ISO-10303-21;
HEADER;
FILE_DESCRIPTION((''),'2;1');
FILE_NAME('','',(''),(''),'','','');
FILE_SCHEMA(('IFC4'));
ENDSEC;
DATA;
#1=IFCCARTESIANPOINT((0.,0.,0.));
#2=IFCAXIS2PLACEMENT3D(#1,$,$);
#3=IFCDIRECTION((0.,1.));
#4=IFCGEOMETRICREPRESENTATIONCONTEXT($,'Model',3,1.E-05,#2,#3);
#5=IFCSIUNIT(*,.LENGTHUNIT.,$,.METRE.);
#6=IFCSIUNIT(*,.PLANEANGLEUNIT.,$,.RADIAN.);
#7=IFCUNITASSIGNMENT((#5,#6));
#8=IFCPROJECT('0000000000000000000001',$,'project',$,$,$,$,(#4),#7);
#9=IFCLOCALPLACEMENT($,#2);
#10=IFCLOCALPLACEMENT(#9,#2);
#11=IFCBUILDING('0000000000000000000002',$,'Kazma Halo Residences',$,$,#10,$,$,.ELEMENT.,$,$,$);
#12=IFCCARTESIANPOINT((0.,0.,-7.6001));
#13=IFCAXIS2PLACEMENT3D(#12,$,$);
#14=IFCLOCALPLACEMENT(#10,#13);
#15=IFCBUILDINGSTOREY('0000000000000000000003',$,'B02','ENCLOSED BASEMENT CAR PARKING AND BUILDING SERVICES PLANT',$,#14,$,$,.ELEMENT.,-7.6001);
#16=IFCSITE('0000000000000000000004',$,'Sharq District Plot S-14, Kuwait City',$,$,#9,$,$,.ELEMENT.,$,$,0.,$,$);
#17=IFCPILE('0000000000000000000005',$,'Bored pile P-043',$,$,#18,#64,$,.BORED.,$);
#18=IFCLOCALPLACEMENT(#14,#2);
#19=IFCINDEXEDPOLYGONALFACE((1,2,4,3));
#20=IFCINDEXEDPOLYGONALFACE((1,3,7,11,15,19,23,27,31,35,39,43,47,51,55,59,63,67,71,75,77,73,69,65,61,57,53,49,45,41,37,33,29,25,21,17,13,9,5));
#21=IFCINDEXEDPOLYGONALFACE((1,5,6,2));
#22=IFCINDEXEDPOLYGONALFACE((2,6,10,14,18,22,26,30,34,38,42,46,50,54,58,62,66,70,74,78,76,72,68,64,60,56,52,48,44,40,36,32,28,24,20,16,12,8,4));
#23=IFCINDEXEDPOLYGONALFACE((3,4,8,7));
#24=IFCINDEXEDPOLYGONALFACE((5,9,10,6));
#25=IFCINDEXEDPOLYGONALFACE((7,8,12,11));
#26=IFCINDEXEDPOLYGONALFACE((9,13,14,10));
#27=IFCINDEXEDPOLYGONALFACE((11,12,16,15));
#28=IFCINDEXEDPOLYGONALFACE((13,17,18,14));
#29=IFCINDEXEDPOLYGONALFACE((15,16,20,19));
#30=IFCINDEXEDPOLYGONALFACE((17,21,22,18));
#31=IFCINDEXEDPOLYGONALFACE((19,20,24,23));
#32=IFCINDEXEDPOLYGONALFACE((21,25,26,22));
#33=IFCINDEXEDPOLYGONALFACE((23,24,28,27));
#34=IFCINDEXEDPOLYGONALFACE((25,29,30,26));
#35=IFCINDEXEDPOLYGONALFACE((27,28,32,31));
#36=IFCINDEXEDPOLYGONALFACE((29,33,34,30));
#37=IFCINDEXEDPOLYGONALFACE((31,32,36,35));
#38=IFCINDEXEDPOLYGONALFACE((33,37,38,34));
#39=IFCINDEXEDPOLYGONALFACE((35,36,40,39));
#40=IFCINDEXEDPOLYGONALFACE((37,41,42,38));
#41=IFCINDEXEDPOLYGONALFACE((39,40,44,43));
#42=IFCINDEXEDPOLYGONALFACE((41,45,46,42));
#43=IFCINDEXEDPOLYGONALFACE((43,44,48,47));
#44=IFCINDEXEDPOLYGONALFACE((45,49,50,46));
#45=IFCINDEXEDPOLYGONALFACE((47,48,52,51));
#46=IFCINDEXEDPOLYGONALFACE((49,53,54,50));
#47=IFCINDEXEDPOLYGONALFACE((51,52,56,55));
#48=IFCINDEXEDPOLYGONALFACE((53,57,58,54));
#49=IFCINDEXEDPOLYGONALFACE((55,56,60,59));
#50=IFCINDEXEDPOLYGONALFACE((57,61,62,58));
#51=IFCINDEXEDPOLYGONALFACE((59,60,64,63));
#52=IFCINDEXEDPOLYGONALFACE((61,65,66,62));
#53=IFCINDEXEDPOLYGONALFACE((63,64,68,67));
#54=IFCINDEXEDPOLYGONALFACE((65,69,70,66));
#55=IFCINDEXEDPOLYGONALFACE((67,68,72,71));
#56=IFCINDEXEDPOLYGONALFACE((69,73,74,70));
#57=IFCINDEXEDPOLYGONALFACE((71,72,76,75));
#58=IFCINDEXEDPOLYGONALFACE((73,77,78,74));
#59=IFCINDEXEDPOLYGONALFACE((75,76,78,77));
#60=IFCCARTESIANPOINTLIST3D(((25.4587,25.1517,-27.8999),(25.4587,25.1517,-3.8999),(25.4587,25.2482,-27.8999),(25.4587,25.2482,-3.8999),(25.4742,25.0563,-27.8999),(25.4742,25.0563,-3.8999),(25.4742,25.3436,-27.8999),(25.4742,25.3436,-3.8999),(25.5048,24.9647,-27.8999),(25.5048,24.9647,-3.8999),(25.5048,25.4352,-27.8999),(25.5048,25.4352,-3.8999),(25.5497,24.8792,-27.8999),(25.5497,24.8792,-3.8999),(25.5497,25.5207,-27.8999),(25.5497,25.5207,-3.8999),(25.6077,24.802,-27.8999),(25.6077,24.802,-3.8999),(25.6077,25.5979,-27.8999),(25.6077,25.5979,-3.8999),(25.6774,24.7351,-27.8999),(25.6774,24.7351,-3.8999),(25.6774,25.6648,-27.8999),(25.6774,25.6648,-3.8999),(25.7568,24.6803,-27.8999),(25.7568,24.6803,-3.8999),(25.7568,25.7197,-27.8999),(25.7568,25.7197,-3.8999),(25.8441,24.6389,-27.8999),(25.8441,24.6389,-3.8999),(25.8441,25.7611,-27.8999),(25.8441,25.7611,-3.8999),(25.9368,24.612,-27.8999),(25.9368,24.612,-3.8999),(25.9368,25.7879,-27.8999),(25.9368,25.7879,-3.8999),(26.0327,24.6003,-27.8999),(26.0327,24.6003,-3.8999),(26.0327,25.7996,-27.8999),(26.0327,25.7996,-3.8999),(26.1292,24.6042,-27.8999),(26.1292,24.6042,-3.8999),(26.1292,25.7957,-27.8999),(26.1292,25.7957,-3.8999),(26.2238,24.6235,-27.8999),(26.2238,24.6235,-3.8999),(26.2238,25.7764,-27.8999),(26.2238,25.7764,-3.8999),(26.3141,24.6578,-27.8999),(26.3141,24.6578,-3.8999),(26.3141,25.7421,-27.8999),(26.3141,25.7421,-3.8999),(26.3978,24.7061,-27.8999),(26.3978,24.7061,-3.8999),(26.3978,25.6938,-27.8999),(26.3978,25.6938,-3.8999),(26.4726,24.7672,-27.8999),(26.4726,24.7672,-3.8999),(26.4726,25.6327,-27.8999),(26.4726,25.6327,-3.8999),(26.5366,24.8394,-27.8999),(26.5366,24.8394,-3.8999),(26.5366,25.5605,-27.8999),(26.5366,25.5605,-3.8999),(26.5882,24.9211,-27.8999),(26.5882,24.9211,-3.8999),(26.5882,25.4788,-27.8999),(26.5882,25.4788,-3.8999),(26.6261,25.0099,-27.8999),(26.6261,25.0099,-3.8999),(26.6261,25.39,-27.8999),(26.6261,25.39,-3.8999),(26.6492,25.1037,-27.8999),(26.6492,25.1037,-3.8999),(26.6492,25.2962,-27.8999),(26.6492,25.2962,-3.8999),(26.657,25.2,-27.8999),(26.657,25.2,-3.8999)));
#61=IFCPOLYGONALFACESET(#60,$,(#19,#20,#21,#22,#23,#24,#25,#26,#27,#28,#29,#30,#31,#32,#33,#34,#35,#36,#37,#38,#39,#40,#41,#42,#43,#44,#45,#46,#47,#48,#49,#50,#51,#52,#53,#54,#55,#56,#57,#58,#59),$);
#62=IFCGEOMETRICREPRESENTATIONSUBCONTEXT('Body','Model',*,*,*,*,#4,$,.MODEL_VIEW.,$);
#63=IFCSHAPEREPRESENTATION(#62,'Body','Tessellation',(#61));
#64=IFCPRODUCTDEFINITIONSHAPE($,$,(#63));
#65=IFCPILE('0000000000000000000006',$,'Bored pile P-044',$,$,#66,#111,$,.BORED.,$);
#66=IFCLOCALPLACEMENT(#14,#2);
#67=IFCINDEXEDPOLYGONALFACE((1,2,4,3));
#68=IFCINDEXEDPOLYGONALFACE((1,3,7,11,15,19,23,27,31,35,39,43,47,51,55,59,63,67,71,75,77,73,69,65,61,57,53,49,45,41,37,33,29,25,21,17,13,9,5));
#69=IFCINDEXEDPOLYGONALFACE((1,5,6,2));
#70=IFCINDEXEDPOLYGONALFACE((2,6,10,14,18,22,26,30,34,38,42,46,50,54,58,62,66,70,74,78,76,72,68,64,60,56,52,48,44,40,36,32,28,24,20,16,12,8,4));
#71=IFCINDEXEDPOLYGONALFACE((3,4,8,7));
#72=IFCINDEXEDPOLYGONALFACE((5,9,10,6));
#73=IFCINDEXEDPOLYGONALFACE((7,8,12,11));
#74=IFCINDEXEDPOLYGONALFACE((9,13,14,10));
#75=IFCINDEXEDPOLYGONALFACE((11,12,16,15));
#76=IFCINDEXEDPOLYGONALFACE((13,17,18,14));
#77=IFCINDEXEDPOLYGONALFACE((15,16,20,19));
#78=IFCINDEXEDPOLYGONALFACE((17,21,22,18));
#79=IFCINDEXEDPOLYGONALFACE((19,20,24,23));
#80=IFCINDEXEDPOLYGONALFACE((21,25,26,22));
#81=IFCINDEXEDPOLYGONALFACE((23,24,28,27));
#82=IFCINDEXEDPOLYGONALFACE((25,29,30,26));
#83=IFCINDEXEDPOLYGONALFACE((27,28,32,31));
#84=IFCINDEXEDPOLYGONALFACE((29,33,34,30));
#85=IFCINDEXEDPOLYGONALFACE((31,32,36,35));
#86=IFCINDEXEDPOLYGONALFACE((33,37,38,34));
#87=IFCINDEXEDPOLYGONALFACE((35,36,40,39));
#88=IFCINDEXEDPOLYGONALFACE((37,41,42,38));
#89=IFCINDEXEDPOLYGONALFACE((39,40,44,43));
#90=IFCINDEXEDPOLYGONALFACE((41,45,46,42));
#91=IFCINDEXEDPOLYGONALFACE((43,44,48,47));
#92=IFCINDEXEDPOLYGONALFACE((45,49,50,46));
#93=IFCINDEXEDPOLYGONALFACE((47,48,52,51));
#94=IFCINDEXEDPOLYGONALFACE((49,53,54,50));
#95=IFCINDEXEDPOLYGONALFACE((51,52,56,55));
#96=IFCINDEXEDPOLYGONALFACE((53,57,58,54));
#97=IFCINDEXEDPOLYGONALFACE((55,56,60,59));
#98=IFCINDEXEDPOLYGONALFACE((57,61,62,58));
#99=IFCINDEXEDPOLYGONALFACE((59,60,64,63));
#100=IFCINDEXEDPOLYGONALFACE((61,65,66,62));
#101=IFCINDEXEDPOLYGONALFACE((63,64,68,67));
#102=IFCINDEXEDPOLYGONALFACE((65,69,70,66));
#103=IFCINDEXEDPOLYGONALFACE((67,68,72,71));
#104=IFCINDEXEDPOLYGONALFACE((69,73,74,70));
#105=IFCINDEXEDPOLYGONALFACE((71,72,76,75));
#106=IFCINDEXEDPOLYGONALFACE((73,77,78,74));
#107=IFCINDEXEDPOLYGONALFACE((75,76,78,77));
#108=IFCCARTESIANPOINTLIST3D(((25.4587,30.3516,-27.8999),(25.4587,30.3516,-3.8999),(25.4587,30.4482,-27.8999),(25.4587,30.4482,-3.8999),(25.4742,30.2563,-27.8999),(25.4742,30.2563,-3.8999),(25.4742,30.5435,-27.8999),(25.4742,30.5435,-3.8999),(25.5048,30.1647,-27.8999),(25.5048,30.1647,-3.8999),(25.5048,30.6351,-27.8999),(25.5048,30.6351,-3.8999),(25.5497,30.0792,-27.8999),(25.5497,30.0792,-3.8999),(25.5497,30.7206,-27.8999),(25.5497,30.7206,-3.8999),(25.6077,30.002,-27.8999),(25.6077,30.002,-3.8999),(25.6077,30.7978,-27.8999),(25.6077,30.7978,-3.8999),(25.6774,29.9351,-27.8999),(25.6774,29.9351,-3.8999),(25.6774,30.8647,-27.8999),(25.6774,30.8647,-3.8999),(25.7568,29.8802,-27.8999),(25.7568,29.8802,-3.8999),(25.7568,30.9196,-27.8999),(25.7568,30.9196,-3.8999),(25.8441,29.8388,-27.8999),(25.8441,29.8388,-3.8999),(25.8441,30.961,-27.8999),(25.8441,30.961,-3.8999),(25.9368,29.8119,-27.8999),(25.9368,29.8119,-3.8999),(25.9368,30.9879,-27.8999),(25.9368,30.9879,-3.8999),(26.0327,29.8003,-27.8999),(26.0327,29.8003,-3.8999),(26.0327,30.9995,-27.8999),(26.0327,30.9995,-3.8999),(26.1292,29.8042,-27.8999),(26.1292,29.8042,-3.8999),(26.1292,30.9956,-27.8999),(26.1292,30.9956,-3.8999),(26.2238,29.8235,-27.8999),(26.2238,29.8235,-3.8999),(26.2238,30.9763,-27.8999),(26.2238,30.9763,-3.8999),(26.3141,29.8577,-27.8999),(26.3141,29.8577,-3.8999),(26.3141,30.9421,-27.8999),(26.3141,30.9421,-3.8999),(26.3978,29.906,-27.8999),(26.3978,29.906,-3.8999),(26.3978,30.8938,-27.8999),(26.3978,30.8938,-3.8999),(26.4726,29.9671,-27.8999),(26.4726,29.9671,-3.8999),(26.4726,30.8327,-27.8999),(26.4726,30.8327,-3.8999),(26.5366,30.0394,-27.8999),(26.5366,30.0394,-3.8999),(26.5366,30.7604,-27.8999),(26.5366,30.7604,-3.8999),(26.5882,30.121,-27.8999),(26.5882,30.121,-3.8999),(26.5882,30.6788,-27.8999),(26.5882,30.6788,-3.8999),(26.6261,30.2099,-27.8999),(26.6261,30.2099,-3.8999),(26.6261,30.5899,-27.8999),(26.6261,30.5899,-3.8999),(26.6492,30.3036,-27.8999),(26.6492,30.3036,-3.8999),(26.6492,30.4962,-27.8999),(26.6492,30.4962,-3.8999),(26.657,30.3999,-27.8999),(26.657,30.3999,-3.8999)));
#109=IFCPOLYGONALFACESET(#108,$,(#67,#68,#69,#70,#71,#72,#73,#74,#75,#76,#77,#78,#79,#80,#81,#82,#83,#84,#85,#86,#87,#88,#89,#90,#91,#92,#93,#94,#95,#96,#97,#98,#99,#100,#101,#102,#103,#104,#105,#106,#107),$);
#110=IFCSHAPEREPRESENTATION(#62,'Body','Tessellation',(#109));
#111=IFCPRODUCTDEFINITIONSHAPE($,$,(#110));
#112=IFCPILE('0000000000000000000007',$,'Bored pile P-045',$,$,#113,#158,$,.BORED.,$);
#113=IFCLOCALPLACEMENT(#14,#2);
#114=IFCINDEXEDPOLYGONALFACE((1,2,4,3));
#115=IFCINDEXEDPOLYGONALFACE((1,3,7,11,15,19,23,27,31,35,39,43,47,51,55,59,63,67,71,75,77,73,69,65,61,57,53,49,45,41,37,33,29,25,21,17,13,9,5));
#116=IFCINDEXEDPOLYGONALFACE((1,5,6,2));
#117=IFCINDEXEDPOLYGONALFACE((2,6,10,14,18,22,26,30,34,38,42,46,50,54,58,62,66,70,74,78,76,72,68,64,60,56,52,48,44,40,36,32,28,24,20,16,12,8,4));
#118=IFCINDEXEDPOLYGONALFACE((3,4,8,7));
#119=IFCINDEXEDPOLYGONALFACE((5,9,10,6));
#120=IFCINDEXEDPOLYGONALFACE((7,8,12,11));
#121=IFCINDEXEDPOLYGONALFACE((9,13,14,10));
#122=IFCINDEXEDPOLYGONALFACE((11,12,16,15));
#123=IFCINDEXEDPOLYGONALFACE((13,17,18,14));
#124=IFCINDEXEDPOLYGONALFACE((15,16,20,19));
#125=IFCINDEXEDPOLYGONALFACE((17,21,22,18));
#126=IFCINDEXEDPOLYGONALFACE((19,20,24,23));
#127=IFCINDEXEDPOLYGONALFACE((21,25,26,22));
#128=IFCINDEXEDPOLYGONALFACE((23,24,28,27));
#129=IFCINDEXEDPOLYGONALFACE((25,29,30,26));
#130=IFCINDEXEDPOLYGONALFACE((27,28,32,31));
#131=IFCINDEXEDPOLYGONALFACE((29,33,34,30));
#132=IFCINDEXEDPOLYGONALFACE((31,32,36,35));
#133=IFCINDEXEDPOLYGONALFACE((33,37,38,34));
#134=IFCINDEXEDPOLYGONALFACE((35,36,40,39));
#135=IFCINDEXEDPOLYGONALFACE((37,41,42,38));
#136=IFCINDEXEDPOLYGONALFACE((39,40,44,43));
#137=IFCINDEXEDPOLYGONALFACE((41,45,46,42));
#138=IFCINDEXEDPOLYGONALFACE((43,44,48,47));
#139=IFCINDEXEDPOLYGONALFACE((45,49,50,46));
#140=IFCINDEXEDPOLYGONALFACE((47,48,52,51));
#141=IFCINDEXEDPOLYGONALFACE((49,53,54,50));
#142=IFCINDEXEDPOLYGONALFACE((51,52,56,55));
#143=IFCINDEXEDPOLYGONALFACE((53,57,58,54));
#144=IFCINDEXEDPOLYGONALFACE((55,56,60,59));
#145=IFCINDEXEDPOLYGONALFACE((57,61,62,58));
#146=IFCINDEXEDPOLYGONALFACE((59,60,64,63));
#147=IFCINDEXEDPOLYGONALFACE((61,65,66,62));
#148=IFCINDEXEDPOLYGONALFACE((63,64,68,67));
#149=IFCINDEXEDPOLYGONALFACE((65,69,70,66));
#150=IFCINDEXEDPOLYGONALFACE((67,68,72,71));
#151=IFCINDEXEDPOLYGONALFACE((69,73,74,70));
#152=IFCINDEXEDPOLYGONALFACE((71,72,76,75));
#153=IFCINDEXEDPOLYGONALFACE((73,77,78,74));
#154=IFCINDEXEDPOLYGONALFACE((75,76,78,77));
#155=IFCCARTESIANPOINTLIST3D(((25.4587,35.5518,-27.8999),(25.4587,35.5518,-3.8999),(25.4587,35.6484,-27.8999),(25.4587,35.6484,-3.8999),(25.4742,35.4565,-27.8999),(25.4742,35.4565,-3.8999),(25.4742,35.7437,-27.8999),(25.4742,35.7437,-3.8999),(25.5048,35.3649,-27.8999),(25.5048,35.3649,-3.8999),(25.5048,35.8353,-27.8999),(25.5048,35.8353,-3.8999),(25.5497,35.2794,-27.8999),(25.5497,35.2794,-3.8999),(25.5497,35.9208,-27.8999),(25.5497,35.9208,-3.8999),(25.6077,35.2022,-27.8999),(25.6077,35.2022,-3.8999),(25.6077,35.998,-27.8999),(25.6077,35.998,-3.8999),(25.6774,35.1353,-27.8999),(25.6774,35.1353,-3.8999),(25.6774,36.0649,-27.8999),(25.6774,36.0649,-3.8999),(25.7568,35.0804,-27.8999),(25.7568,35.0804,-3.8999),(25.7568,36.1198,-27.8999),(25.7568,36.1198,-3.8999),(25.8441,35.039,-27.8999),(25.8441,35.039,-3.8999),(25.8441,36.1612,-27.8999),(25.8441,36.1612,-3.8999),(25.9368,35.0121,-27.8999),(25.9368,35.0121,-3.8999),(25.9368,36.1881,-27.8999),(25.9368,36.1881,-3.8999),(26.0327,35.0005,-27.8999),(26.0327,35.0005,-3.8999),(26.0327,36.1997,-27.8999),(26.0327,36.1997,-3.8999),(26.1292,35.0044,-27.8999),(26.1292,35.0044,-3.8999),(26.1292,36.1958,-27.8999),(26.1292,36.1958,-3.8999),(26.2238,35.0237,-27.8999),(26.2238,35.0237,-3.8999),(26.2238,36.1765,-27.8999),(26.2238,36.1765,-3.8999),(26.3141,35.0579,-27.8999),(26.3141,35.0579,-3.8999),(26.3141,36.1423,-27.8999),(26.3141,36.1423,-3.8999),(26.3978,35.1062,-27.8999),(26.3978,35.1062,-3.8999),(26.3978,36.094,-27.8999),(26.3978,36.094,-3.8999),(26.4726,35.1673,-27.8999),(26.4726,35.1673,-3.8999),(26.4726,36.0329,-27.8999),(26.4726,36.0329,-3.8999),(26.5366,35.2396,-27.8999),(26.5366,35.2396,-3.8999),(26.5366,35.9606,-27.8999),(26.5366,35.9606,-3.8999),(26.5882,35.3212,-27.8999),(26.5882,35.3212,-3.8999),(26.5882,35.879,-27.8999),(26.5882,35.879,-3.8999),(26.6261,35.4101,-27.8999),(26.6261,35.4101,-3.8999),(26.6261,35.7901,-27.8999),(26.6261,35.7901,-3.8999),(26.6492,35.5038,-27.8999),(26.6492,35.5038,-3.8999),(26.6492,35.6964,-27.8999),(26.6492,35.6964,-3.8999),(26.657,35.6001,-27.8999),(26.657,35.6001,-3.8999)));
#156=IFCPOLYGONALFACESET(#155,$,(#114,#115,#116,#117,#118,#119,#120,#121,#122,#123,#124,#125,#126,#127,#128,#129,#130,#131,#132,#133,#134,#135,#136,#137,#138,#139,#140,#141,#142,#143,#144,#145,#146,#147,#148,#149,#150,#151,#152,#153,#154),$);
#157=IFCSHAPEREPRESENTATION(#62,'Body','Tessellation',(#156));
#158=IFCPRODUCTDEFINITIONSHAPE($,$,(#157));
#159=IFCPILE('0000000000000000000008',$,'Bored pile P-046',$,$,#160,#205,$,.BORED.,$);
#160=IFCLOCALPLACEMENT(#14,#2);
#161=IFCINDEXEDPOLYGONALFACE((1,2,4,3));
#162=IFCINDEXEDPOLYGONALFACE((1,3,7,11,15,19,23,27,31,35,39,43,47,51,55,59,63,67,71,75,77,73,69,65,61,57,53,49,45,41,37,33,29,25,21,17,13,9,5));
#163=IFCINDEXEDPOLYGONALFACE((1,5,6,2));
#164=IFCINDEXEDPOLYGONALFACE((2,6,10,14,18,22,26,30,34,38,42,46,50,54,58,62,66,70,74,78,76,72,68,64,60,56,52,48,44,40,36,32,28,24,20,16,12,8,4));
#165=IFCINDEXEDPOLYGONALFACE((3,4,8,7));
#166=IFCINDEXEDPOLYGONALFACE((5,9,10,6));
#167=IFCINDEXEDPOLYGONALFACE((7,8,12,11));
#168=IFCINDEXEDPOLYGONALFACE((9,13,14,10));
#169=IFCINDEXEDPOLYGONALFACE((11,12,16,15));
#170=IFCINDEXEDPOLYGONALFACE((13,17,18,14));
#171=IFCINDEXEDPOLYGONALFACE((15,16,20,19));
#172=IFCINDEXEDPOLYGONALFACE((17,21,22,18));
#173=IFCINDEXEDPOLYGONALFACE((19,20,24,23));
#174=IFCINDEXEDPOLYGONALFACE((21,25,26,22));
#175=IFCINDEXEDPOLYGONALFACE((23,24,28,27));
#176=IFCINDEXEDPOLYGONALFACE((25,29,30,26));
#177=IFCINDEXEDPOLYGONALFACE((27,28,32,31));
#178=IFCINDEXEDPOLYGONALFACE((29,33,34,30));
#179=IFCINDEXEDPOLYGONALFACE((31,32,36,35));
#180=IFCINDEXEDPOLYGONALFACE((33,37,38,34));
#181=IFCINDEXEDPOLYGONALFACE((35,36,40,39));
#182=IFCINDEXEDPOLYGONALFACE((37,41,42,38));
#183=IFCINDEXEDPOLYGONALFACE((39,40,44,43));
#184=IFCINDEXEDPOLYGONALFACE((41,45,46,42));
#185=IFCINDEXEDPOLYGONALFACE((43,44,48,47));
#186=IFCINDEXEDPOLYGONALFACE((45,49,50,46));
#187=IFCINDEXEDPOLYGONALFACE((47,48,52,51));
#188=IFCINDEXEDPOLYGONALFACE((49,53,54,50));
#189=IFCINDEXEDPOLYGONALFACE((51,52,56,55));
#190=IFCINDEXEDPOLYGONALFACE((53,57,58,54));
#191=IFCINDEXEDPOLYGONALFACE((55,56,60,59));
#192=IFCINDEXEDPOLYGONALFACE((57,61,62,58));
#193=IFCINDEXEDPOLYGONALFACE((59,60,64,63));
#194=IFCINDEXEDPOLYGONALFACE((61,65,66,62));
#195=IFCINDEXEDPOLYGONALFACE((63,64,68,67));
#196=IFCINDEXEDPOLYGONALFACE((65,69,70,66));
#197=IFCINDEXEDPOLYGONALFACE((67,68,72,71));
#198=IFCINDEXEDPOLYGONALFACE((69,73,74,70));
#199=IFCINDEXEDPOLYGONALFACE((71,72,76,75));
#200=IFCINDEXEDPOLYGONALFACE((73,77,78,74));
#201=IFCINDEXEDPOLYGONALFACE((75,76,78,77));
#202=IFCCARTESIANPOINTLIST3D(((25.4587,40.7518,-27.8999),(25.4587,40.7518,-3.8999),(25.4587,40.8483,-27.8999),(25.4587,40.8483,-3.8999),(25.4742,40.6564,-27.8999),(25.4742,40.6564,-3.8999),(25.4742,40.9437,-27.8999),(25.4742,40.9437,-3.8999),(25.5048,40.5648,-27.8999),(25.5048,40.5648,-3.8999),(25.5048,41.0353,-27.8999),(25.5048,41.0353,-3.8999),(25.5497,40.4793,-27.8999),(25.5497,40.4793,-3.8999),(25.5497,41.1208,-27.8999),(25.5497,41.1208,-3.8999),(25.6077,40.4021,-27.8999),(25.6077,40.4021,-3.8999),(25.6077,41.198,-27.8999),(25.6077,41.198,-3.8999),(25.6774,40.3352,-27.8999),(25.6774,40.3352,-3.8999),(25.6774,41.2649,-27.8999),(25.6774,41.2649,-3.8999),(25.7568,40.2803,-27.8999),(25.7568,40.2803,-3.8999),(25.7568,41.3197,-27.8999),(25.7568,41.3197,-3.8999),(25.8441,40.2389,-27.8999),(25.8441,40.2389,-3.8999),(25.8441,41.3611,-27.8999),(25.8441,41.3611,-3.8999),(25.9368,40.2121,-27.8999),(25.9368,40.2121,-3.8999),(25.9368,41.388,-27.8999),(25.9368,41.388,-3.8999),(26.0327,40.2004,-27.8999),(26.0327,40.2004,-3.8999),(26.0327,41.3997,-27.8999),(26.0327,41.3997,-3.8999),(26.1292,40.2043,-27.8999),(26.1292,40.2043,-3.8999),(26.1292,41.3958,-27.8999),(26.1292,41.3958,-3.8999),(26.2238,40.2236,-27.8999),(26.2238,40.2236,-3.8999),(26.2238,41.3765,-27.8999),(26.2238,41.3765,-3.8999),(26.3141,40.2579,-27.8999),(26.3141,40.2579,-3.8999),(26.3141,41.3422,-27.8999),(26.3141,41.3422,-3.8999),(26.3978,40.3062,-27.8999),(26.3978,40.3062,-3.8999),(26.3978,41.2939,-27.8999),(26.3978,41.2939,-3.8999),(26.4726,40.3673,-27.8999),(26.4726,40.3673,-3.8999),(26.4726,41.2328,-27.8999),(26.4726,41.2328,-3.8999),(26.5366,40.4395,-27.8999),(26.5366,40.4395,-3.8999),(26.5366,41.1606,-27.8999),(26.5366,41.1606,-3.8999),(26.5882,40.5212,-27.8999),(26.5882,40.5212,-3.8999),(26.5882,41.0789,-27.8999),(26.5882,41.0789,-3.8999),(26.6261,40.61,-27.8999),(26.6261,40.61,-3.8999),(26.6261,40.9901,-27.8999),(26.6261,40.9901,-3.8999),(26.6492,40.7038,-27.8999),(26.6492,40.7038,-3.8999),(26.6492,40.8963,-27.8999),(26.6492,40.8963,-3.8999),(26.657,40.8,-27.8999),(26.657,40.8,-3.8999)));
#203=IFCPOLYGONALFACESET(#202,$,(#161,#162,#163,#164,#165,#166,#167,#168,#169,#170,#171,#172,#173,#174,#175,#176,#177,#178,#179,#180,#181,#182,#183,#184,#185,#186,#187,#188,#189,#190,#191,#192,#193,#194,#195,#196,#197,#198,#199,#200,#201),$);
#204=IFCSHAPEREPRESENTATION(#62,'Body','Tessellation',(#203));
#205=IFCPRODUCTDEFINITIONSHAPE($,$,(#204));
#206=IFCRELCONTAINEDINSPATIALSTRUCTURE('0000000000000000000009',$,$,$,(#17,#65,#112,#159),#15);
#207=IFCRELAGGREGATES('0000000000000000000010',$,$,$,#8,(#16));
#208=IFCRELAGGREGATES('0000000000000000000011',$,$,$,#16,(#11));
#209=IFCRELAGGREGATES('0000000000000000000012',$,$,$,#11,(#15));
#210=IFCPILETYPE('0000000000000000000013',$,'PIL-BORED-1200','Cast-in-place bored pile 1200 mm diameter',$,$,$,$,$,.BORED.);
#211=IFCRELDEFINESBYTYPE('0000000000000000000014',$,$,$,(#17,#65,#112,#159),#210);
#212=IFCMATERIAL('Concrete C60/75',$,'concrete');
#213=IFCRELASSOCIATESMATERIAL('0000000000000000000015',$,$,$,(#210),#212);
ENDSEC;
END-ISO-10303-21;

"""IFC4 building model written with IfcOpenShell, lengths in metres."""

from ifc_helpers import new_model, si_unit, direction, frame, origin, origin_2d, place, context, subcontext, project, spatial, circle, extrude, material, material_profile, profile_set, type_object, element, save


model = new_model("IFC4")

# Units and contexts
model_context = context("Model", 3, precision=1e-05, world=origin(), true_north=direction((0.0, 1.0)))
body_context = subcontext(model_context, "Body", "Model", "MODEL_VIEW")
ifc_project = project(units=[si_unit("LENGTHUNIT", "METRE"), si_unit("PLANEANGLEUNIT", "RADIAN")], contexts=[model_context])

# Site, building, storey
site_placement = place(None, origin())
site = spatial("IfcSite", under=ifc_project, at=site_placement, Name="Sharq District Plot S-14, Kuwait City", CompositionType="ELEMENT", RefElevation=0.0)
building_placement = place(site_placement, origin())
building = spatial("IfcBuilding", under=site, at=building_placement, Name="Kazma Halo Residences", CompositionType="ELEMENT")
storey_placement = place(building_placement, frame((0.0, 0.0, -7.6001)))
storey = spatial("IfcBuildingStorey", under=building, at=storey_placement, Name="B02", Description="ENCLOSED BASEMENT CAR PARKING AND BUILDING SERVICES PLANT", CompositionType="ELEMENT", Elevation=-7.6001)

# Piles
ifc_material_1 = material(Name="Concrete C60/75", Category="concrete")
ifc_material_profile_1 = material_profile(ifc_material_1, circle(Radius=0.6001, at=origin_2d()), Name="CIRC1200")
ifc_profile_set_1 = profile_set([ifc_material_profile_1], Name="Concrete C60/75")
pile_type = type_object("IfcPileType", Name="PIL-BORED-1200", Description="Cast-in-place bored pile 1200 mm diameter", PredefinedType="BORED", material=ifc_profile_set_1)
for number, where, z_axis, x_axis, name in (
    (1, (26.0569, 25.2, -3.8999), (0.0, 0.0, -1.0), (1.0, 0.0, 0.0), "Bored pile P-043"),
    (2, (26.0569, 30.3999, -3.8999), (0.0, 0.0, -1.0), (1.0, 0.0, 0.0), "Bored pile P-044"),
    (3, (26.0569, 35.6001, -3.8999), (0.0, 0.0, -1.0), (1.0, 0.0, 0.0), "Bored pile P-045"),
    (4, (26.0569, 40.8, -3.8999), (0.0, 0.0, -1.0), (1.0, 0.0, 0.0), "Bored pile P-046"),
):
    element("IfcPile", number, at=place(storey_placement, frame(where, z_axis=z_axis, x_axis=x_axis)), inside=storey, type_object=pile_type, Name=name, PredefinedType="BORED", context=body_context, shape_type="SweptSolid", body=[
        extrude(circle(Radius=0.6001, at=origin_2d()), origin(), (0.0, 0.0, 1.0), 24.0),
    ])

save(model, "model.ifc")
